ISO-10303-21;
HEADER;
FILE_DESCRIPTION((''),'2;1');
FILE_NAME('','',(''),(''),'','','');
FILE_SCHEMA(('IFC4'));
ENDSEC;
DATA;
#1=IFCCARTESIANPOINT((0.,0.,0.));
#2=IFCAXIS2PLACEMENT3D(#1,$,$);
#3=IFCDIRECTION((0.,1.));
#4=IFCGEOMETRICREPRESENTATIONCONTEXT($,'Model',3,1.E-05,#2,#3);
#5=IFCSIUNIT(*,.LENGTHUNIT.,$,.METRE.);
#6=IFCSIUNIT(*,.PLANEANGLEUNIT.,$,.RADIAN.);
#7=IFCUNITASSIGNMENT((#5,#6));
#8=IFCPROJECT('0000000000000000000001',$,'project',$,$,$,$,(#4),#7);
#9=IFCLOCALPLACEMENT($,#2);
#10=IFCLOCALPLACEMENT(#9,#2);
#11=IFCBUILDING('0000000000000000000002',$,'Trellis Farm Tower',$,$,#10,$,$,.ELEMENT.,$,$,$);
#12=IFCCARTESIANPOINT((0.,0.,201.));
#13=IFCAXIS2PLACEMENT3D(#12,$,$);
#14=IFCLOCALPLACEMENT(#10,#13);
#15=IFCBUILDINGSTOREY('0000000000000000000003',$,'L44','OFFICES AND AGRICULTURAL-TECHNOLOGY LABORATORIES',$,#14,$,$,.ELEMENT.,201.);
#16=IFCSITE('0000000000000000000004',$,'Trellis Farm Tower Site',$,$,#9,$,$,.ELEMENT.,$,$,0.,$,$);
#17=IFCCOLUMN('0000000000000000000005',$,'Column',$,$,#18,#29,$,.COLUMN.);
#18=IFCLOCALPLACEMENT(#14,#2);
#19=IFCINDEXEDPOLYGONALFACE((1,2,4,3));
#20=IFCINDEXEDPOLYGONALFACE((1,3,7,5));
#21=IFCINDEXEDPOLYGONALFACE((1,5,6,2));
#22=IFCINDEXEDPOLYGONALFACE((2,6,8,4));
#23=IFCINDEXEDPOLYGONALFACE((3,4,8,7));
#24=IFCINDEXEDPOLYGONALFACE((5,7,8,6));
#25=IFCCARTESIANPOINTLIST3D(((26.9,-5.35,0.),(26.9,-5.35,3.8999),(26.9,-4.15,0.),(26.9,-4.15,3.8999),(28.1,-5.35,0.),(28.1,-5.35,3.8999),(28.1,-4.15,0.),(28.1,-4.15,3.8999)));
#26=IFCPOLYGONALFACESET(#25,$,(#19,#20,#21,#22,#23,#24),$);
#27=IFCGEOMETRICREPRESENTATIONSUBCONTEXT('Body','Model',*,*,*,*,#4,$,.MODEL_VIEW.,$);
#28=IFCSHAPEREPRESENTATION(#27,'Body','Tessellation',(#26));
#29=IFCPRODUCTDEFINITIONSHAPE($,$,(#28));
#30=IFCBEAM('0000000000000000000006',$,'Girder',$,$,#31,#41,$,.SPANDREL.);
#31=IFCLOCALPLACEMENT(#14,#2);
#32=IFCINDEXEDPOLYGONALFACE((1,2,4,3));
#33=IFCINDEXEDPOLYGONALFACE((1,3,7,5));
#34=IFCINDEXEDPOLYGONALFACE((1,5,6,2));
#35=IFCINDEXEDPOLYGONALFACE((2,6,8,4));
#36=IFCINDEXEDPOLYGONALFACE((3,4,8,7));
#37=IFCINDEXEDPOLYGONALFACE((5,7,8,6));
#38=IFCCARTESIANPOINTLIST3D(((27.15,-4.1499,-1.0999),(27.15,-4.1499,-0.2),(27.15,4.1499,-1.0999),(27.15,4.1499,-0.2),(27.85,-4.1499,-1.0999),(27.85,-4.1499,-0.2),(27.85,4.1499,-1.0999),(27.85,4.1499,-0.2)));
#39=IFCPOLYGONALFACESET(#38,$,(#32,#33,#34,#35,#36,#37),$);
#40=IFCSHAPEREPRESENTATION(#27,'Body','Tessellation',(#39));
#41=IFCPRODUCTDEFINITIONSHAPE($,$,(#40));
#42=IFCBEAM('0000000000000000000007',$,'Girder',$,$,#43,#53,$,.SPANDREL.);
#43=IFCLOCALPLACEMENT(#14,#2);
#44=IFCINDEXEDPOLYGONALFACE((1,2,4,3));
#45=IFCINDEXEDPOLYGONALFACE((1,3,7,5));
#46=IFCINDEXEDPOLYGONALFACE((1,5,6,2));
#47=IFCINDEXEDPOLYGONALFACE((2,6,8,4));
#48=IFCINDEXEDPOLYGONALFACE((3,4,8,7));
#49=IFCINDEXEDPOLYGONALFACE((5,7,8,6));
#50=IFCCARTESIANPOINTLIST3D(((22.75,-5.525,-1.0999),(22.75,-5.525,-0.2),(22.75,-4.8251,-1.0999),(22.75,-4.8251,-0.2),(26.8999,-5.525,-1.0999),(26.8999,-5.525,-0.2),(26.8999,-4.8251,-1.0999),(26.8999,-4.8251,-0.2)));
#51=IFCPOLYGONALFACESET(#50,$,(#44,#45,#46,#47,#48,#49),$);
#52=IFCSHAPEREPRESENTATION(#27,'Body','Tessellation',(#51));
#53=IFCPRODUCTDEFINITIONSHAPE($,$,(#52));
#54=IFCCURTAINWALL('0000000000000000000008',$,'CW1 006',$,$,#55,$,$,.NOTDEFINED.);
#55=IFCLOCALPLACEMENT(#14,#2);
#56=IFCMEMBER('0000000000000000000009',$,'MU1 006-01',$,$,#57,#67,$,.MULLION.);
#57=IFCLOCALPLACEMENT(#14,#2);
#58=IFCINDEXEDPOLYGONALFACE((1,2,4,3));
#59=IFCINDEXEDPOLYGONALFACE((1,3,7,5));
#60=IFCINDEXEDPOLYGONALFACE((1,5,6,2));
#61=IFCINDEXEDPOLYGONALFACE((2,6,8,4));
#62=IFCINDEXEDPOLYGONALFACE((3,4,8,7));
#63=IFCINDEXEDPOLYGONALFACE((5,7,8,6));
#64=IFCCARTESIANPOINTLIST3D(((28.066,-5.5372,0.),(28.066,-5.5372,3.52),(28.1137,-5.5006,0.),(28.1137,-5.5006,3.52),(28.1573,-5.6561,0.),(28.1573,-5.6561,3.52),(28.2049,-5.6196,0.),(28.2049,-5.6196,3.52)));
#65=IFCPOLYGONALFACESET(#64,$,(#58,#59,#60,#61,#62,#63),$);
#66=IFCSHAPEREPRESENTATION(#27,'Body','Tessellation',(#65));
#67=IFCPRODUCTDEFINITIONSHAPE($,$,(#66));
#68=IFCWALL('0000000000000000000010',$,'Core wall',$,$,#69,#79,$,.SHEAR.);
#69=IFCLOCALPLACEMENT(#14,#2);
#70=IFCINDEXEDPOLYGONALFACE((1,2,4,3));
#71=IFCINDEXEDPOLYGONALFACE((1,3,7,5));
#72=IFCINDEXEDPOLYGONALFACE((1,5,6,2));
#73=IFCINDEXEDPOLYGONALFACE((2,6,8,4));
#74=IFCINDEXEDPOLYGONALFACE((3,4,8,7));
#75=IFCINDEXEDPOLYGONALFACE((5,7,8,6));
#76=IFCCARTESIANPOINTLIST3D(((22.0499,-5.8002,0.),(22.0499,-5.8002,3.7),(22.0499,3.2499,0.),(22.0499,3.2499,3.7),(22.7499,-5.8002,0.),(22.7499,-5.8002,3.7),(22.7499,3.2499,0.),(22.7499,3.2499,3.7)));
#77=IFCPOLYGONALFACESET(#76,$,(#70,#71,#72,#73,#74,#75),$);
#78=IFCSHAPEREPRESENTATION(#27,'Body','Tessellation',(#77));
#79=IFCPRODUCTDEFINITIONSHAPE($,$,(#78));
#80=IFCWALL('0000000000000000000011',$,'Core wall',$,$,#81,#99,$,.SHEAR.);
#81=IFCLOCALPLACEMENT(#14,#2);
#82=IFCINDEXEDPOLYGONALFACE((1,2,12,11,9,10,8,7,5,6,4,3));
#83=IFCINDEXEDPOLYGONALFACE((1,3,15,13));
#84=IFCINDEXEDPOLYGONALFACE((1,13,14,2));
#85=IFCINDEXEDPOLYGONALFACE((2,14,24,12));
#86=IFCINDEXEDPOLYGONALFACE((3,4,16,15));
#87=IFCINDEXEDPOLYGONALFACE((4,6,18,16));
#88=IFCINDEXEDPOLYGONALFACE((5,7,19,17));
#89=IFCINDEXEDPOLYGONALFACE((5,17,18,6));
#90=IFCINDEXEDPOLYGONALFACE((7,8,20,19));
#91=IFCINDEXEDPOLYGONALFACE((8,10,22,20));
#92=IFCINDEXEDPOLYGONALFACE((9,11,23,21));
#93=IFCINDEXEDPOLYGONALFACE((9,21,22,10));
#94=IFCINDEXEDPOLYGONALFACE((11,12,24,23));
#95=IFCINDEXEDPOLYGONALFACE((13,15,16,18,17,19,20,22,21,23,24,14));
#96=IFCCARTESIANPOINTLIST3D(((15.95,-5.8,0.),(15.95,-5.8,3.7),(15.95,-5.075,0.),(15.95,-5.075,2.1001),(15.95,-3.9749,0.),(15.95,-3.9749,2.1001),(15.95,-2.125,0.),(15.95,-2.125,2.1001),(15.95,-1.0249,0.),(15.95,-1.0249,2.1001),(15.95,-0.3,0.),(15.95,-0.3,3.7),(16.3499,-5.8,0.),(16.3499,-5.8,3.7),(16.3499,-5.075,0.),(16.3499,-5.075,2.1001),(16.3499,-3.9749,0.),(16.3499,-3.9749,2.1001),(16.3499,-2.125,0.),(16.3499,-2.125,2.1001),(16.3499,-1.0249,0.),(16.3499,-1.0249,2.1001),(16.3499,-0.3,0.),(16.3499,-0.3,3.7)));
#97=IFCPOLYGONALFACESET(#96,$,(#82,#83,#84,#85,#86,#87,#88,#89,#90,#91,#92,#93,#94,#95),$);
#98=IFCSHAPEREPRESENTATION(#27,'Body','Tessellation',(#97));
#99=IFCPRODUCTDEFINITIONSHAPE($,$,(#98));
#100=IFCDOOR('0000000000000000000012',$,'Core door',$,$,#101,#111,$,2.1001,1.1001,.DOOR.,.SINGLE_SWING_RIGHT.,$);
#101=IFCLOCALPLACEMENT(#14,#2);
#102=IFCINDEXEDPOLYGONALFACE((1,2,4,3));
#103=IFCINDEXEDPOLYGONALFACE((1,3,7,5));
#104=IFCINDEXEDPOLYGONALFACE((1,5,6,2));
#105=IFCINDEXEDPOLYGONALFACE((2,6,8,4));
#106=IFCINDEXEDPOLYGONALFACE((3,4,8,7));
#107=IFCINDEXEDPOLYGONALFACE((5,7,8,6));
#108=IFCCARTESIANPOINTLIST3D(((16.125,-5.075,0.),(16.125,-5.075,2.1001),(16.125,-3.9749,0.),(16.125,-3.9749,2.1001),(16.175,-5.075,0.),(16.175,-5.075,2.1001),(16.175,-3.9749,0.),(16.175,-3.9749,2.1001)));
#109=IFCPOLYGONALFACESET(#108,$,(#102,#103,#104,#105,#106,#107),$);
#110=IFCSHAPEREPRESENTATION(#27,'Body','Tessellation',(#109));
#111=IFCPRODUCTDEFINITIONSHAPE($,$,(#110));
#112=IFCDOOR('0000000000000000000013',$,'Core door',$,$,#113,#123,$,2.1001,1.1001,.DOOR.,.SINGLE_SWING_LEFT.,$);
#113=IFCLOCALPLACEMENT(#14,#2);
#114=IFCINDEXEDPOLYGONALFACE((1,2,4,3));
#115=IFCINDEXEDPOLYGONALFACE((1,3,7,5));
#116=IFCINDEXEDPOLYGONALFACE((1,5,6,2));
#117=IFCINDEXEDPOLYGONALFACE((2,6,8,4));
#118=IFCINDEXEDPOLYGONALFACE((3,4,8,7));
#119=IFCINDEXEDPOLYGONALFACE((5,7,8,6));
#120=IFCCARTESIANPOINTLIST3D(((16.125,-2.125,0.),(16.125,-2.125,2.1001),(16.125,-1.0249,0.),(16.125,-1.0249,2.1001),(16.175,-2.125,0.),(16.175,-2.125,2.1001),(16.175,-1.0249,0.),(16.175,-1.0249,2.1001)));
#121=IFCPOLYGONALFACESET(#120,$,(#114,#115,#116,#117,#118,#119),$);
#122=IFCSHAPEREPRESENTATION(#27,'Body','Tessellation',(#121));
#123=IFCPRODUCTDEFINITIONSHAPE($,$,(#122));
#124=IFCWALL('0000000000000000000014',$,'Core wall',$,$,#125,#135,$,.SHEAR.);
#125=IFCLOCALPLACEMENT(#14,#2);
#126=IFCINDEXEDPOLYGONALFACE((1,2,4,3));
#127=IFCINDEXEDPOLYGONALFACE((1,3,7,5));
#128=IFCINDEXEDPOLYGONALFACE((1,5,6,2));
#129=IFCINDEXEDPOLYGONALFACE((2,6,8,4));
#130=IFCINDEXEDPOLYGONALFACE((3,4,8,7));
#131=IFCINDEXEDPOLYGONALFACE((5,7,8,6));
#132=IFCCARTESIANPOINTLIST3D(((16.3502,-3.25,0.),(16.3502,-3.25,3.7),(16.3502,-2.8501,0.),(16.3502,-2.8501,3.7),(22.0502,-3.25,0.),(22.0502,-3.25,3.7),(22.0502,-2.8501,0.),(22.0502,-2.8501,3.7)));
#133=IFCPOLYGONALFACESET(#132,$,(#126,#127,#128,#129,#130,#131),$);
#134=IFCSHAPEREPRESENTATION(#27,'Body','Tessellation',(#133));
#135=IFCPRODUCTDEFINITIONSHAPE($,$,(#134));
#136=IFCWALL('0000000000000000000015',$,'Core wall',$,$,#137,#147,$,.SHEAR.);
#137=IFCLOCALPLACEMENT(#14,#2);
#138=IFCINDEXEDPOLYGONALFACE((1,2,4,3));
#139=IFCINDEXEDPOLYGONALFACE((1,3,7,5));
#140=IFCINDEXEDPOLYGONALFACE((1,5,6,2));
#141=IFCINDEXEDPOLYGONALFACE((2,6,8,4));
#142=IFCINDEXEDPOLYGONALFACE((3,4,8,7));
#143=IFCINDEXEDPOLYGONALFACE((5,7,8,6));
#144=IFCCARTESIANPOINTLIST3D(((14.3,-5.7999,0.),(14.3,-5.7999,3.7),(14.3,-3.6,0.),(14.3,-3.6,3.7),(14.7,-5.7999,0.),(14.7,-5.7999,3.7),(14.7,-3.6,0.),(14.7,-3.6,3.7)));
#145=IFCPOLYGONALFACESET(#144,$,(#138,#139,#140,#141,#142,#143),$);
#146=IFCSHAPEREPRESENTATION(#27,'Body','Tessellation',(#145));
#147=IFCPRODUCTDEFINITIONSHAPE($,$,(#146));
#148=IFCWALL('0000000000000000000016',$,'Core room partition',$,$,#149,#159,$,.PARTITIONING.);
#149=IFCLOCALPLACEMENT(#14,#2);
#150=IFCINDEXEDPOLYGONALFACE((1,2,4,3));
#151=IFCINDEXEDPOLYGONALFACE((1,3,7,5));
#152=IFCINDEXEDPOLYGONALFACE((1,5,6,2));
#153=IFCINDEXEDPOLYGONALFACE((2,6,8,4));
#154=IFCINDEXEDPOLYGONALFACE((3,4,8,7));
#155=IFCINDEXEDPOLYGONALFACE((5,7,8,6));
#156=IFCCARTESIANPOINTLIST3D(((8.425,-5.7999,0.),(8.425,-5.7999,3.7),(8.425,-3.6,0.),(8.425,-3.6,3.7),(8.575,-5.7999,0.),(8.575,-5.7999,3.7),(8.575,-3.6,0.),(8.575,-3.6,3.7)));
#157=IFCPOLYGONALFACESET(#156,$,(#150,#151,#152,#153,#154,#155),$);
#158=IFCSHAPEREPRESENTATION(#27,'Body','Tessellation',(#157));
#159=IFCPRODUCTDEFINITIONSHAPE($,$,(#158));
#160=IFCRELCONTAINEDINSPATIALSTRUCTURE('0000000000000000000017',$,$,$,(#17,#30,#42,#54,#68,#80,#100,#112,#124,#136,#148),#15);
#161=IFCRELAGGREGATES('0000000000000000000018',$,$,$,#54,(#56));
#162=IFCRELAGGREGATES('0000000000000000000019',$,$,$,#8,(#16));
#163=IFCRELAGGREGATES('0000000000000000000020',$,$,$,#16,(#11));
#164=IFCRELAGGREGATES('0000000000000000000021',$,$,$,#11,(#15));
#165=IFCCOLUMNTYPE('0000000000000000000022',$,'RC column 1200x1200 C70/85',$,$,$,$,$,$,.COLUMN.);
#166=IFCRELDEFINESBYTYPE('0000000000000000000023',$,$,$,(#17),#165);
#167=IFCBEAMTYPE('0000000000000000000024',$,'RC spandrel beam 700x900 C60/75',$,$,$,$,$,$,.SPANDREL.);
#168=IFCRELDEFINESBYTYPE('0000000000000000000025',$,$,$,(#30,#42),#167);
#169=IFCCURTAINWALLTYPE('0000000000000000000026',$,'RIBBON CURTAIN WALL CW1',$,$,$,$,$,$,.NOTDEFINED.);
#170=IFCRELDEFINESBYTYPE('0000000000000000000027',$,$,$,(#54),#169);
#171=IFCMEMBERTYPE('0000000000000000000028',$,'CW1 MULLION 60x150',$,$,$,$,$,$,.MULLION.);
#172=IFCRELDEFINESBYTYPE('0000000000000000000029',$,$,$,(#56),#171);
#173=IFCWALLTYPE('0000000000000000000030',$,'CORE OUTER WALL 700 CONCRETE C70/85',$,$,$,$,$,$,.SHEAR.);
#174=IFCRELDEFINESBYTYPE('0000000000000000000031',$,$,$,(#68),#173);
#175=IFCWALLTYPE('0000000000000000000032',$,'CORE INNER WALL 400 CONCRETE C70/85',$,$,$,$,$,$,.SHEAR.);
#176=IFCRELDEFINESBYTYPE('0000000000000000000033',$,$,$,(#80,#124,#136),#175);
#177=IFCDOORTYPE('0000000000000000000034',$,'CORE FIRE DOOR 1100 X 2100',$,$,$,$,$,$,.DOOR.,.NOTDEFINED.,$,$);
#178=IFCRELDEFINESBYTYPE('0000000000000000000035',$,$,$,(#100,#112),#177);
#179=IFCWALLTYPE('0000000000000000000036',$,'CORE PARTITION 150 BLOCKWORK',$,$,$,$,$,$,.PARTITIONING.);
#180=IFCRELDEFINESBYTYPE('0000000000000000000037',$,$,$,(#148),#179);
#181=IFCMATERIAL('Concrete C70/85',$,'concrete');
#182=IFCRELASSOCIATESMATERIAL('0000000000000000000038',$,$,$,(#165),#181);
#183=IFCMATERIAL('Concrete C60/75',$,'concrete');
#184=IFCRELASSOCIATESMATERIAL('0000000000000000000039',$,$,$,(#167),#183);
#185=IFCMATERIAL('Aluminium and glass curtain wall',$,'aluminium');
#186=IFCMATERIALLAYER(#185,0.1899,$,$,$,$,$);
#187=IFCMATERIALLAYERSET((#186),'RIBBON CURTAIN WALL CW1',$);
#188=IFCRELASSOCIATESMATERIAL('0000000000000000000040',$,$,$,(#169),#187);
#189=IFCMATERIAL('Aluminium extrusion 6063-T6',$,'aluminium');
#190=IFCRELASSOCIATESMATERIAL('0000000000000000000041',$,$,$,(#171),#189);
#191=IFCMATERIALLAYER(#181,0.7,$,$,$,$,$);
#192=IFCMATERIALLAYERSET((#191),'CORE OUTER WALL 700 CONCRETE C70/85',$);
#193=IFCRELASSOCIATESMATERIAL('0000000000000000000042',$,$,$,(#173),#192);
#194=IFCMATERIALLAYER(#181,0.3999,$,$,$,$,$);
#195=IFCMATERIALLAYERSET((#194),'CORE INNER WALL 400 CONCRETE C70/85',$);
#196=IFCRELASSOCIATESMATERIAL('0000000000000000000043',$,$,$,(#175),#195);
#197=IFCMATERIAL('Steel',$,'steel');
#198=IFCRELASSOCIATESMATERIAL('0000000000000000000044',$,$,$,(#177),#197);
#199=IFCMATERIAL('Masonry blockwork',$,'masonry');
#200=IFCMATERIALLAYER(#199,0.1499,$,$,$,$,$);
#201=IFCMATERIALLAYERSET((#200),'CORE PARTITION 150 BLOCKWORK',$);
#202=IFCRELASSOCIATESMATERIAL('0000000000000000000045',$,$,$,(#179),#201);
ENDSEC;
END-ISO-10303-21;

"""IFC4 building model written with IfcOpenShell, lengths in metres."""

from ifc_helpers import new_model, si_unit, direction, frame, frame_2d, origin, origin_2d, place, context, subcontext, project, spatial, rectangle, extrude, source, transform, mapped, material, layer, layer_set, material_profile, profile_set, type_object, element, fill, aggregate, save


model = new_model("IFC4")

# Units and contexts
model_context = context("Model", 3, precision=1e-05, world=origin(), true_north=direction((0.0, 1.0)))
body_context = subcontext(model_context, "Body", "Model", "MODEL_VIEW")
ifc_project = project(units=[si_unit("LENGTHUNIT", "METRE"), si_unit("PLANEANGLEUNIT", "RADIAN")], contexts=[model_context])

# Site, building, storey
site_placement = place(None, origin())
site = spatial("IfcSite", under=ifc_project, at=site_placement, Name="Trellis Farm Tower Site", CompositionType="ELEMENT", RefElevation=0.0)
building_placement = place(site_placement, origin())
building = spatial("IfcBuilding", under=site, at=building_placement, Name="Trellis Farm Tower", CompositionType="ELEMENT")
storey_placement = place(building_placement, frame((0.0, 0.0, 201.0)))
storey = spatial("IfcBuildingStorey", under=building, at=storey_placement, Name="L44", Description="OFFICES AND AGRICULTURAL-TECHNOLOGY LABORATORIES", CompositionType="ELEMENT", Elevation=201.0)

# Column
ifc_material_1 = material(Name="Concrete C70/85", Category="concrete")
ifc_material_profile_1 = material_profile(ifc_material_1, rectangle(XDim=1.2, YDim=1.2, at=origin_2d()), Name="RC column 1200x1200 C70/85")
ifc_profile_set_1 = profile_set([ifc_material_profile_1], Name="Concrete C70/85")
column_type = type_object("IfcColumnType", Name="RC column 1200x1200 C70/85", PredefinedType="COLUMN", material=ifc_profile_set_1)
shared_shape_1 = source(origin(), body_context, "Body", "SweptSolid", [
    extrude(rectangle(XDim=1.2, YDim=1.2, at=origin_2d()), origin(), (0.0, 0.0, 1.0), 3.8999),
])
column_placement = place(storey_placement, frame((27.5, -4.75, 0.0), z_axis=(0.0, 0.0, 1.0), x_axis=(1.0, 0.0, 0.0)))
element("IfcColumn", 1, at=column_placement, inside=storey, type_object=column_type, Name="Column", PredefinedType="COLUMN", context=body_context, shape_type="MappedRepresentation", body=[
    mapped(shared_shape_1, transform((0.0, 0.0, 0.0))),
])

# Beams
ifc_material_2 = material(Name="Concrete C60/75", Category="concrete")
ifc_material_profile_2 = material_profile(ifc_material_2, rectangle(XDim=0.7, YDim=0.8999, at=origin_2d()), Name="RC spandrel beam 700x900 C60/75")
ifc_profile_set_2 = profile_set([ifc_material_profile_2], Name="Concrete C60/75")
beam_type = type_object("IfcBeamType", Name="RC spandrel beam 700x900 C60/75", PredefinedType="SPANDREL", material=ifc_profile_set_2)
shared_shape_2 = source(origin(), body_context, "Body", "SweptSolid", [
    extrude(rectangle(XDim=0.7, YDim=0.8999, at=origin_2d()), origin(), (0.0, 0.0, 1.0), 8.2998),
])
beam_1_placement = place(storey_placement, frame((27.5, -4.1499, -0.6499), z_axis=(0.0, 1.0, 0.0), x_axis=(-1.0, 0.0, 0.0)))
element("IfcBeam", 2, at=beam_1_placement, inside=storey, type_object=beam_type, Name="Girder", PredefinedType="SPANDREL", context=body_context, shape_type="MappedRepresentation", body=[
    mapped(shared_shape_2, transform((0.0, 0.0, 0.0))),
])
shared_shape_3 = source(origin(), body_context, "Body", "SweptSolid", [
    extrude(rectangle(XDim=0.7, YDim=0.8999, at=origin_2d()), origin(), (0.0, 0.0, 1.0), 4.1499),
])
beam_2_placement = place(storey_placement, frame((22.75, -5.175, -0.6499), z_axis=(1.0, 0.0, 0.0), x_axis=(0.0, 1.0, 0.0)))
element("IfcBeam", 3, at=beam_2_placement, inside=storey, type_object=beam_type, Name="Girder", PredefinedType="SPANDREL", context=body_context, shape_type="MappedRepresentation", body=[
    mapped(shared_shape_3, transform((0.0, 0.0, 0.0))),
])

# Curtain wall, member
ifc_material_3 = material(Name="Aluminium and glass curtain wall", Category="aluminium")
ifc_layer_1 = layer(ifc_material_3, 0.1899)
ifc_layer_set_1 = layer_set([ifc_layer_1], Name="RIBBON CURTAIN WALL CW1")
curtain_wall_type = type_object("IfcCurtainWallType", Name="RIBBON CURTAIN WALL CW1", PredefinedType="NOTDEFINED", material=ifc_layer_set_1)
placement = place(storey_placement, origin())
curtain_wall = element("IfcCurtainWall", 4, at=placement, inside=storey, type_object=curtain_wall_type, Name="CW1 006", PredefinedType="NOTDEFINED")
ifc_material_4 = material(Name="Aluminium extrusion 6063-T6", Category="aluminium")
ifc_material_profile_3 = material_profile(ifc_material_4, rectangle(XDim=0.0601, YDim=0.1499, at=origin_2d()), Name="MULLION 60x150")
ifc_profile_set_3 = profile_set([ifc_material_profile_3], Name="Aluminium extrusion 6063-T6")
member_type = type_object("IfcMemberType", Name="CW1 MULLION 60x150", PredefinedType="MULLION", material=ifc_profile_set_3)
shared_shape_4 = source(origin(), body_context, "Body", "SweptSolid", [
    extrude(rectangle(XDim=0.0601, YDim=0.1499, at=origin_2d()), origin(), (0.0, 0.0, 1.0), 3.52),
])
member_placement = place(storey_placement, frame((28.1355, -5.5784, 0.0), z_axis=(0.0, 0.0, 1.0), x_axis=(0.793353, 0.608761, 0.0)))
member = element("IfcMember", 5, at=member_placement, type_object=member_type, Name="MU1 006-01", PredefinedType="MULLION", context=body_context, shape_type="MappedRepresentation", body=[
    mapped(shared_shape_4, transform((0.0, 0.0, 0.0))),
])
aggregate(curtain_wall, [member])

# Wall
ifc_layer_2 = layer(ifc_material_1, 0.7)
ifc_layer_set_2 = layer_set([ifc_layer_2], Name="CORE OUTER WALL 700 CONCRETE C70/85")
wall_type_1 = type_object("IfcWallType", Name="CORE OUTER WALL 700 CONCRETE C70/85", PredefinedType="SHEAR", material=ifc_layer_set_2)
shared_shape_5 = source(origin(), body_context, "Body", "SweptSolid", [
    extrude(rectangle(XDim=9.05, YDim=0.7, at=frame_2d((4.5249, 0.0))), origin(), (0.0, 0.0, 1.0), 3.7),
])
wall_1_placement = place(storey_placement, frame((22.3999, -5.8, 0.0), z_axis=(0.0, 0.0, 1.0), x_axis=(0.0, 1.0, 0.0)))
element("IfcWall", 6, at=wall_1_placement, inside=storey, type_object=wall_type_1, Name="Core wall", PredefinedType="SHEAR", context=body_context, shape_type="MappedRepresentation", body=[
    mapped(shared_shape_5, transform((0.0, 0.0, 0.0))),
])

# Wall, openings, doors
ifc_layer_3 = layer(ifc_material_1, 0.3999)
ifc_layer_set_3 = layer_set([ifc_layer_3], Name="CORE INNER WALL 400 CONCRETE C70/85")
wall_type_2 = type_object("IfcWallType", Name="CORE INNER WALL 400 CONCRETE C70/85", PredefinedType="SHEAR", material=ifc_layer_set_3)
shared_shape_6 = source(origin(), body_context, "Body", "SweptSolid", [
    extrude(rectangle(XDim=5.5, YDim=0.3999, at=frame_2d((2.75, 0.0))), origin(), (0.0, 0.0, 1.0), 3.7),
])
wall_2_placement = place(storey_placement, frame((16.1499, -5.8, 0.0), z_axis=(0.0, 0.0, 1.0), x_axis=(0.0, 1.0, 0.0)))
wall_2 = element("IfcWall", 7, at=wall_2_placement, inside=storey, type_object=wall_type_2, Name="Core wall", PredefinedType="SHEAR", context=body_context, shape_type="MappedRepresentation", body=[
    mapped(shared_shape_6, transform((0.0, 0.0, 0.0))),
])
shared_shape_7 = source(origin(), body_context, "Body", "SweptSolid", [
    extrude(rectangle(XDim=1.1001, YDim=2.1001, at=frame_2d((0.55, 1.05))), frame((0.0, 0.21, 0.0), z_axis=(0.0, -1.0, 0.0), x_axis=(1.0, 0.0, 0.0)), (0.0, 0.0, 1.0), 0.4199),
])
opening_1_placement = place(wall_2_placement, frame((0.7251, 0.0, 0.0)))
opening_1 = element("IfcOpeningElement", 8, at=opening_1_placement, cuts=wall_2, PredefinedType="OPENING", context=body_context, shape_type="MappedRepresentation", body=[
    mapped(shared_shape_7, transform((0.0, 0.0, 0.0))),
])
opening_2_placement = place(wall_2_placement, frame((3.675, 0.0, 0.0)))
opening_2 = element("IfcOpeningElement", 9, at=opening_2_placement, cuts=wall_2, PredefinedType="OPENING", context=body_context, shape_type="MappedRepresentation", body=[
    mapped(shared_shape_7, transform((0.0, 0.0, 0.0))),
])
ifc_material_5 = material(Name="Steel", Category="steel")
door_type = type_object("IfcDoorType", Name="CORE FIRE DOOR 1100 X 2100", OperationType="NOTDEFINED", PredefinedType="DOOR", material=ifc_material_5)
shared_shape_8 = source(origin(), body_context, "Body", "SweptSolid", [
    extrude(rectangle(XDim=1.1001, YDim=2.1001, at=frame_2d((0.55, 1.05))), frame((0.0, 0.0249, 0.0), z_axis=(0.0, -1.0, 0.0), x_axis=(1.0, 0.0, 0.0)), (0.0, 0.0, 1.0), 0.05),
])
door_1_placement = place(opening_1_placement, origin())
door_1 = element("IfcDoor", 10, at=door_1_placement, inside=storey, type_object=door_type, Name="Core door", OperationType="SINGLE_SWING_RIGHT", OverallHeight=2.1001, OverallWidth=1.1001, PredefinedType="DOOR", context=body_context, shape_type="MappedRepresentation", body=[
    mapped(shared_shape_8, transform((0.0, 0.0, 0.0))),
])
fill(opening_1, door_1)
door_2_placement = place(opening_2_placement, origin())
door_2 = element("IfcDoor", 11, at=door_2_placement, inside=storey, type_object=door_type, Name="Core door", OperationType="SINGLE_SWING_LEFT", OverallHeight=2.1001, OverallWidth=1.1001, PredefinedType="DOOR", context=body_context, shape_type="MappedRepresentation", body=[
    mapped(shared_shape_8, transform((0.0, 0.0, 0.0))),
])
fill(opening_2, door_2)

# Walls
shared_shape_9 = source(origin(), body_context, "Body", "SweptSolid", [
    extrude(rectangle(XDim=5.7, YDim=0.3999, at=frame_2d((2.8501, 0.0))), origin(), (0.0, 0.0, 1.0), 3.7),
])
wall_3_placement = place(storey_placement, frame((16.3501, -3.05, 0.0), z_axis=(0.0, 0.0, 1.0), x_axis=(1.0, 0.0, 0.0)))
element("IfcWall", 12, at=wall_3_placement, inside=storey, type_object=wall_type_2, Name="Core wall", PredefinedType="SHEAR", context=body_context, shape_type="MappedRepresentation", body=[
    mapped(shared_shape_9, transform((0.0, 0.0, 0.0))),
])
shared_shape_10 = source(origin(), body_context, "Body", "SweptSolid", [
    extrude(rectangle(XDim=2.2, YDim=0.3999, at=frame_2d((1.1001, 0.0))), origin(), (0.0, 0.0, 1.0), 3.7),
])
wall_4_placement = place(storey_placement, frame((14.5, -5.8, 0.0), z_axis=(0.0, 0.0, 1.0), x_axis=(0.0, 1.0, 0.0)))
element("IfcWall", 13, at=wall_4_placement, inside=storey, type_object=wall_type_2, Name="Core wall", PredefinedType="SHEAR", context=body_context, shape_type="MappedRepresentation", body=[
    mapped(shared_shape_10, transform((0.0, 0.0, 0.0))),
])
ifc_material_6 = material(Name="Masonry blockwork", Category="masonry")
ifc_layer_4 = layer(ifc_material_6, 0.1499)
ifc_layer_set_4 = layer_set([ifc_layer_4], Name="CORE PARTITION 150 BLOCKWORK")
wall_type_3 = type_object("IfcWallType", Name="CORE PARTITION 150 BLOCKWORK", PredefinedType="PARTITIONING", material=ifc_layer_set_4)
shared_shape_11 = source(origin(), body_context, "Body", "SweptSolid", [
    extrude(rectangle(XDim=2.2, YDim=0.1499, at=frame_2d((1.1001, 0.0))), origin(), (0.0, 0.0, 1.0), 3.7),
])
for number, where, z_axis, x_axis, name in (
    (14, (8.5, -5.8, 0.0), (0.0, 0.0, 1.0), (0.0, 1.0, 0.0), "Core room partition"),
):
    element("IfcWall", number, at=place(storey_placement, frame(where, z_axis=z_axis, x_axis=x_axis)), inside=storey, type_object=wall_type_3, Name=name, PredefinedType="PARTITIONING", context=body_context, shape_type="MappedRepresentation", body=[
        mapped(shared_shape_11, transform((0.0, 0.0, 0.0))),
    ])

save(model, "model.ifc")
